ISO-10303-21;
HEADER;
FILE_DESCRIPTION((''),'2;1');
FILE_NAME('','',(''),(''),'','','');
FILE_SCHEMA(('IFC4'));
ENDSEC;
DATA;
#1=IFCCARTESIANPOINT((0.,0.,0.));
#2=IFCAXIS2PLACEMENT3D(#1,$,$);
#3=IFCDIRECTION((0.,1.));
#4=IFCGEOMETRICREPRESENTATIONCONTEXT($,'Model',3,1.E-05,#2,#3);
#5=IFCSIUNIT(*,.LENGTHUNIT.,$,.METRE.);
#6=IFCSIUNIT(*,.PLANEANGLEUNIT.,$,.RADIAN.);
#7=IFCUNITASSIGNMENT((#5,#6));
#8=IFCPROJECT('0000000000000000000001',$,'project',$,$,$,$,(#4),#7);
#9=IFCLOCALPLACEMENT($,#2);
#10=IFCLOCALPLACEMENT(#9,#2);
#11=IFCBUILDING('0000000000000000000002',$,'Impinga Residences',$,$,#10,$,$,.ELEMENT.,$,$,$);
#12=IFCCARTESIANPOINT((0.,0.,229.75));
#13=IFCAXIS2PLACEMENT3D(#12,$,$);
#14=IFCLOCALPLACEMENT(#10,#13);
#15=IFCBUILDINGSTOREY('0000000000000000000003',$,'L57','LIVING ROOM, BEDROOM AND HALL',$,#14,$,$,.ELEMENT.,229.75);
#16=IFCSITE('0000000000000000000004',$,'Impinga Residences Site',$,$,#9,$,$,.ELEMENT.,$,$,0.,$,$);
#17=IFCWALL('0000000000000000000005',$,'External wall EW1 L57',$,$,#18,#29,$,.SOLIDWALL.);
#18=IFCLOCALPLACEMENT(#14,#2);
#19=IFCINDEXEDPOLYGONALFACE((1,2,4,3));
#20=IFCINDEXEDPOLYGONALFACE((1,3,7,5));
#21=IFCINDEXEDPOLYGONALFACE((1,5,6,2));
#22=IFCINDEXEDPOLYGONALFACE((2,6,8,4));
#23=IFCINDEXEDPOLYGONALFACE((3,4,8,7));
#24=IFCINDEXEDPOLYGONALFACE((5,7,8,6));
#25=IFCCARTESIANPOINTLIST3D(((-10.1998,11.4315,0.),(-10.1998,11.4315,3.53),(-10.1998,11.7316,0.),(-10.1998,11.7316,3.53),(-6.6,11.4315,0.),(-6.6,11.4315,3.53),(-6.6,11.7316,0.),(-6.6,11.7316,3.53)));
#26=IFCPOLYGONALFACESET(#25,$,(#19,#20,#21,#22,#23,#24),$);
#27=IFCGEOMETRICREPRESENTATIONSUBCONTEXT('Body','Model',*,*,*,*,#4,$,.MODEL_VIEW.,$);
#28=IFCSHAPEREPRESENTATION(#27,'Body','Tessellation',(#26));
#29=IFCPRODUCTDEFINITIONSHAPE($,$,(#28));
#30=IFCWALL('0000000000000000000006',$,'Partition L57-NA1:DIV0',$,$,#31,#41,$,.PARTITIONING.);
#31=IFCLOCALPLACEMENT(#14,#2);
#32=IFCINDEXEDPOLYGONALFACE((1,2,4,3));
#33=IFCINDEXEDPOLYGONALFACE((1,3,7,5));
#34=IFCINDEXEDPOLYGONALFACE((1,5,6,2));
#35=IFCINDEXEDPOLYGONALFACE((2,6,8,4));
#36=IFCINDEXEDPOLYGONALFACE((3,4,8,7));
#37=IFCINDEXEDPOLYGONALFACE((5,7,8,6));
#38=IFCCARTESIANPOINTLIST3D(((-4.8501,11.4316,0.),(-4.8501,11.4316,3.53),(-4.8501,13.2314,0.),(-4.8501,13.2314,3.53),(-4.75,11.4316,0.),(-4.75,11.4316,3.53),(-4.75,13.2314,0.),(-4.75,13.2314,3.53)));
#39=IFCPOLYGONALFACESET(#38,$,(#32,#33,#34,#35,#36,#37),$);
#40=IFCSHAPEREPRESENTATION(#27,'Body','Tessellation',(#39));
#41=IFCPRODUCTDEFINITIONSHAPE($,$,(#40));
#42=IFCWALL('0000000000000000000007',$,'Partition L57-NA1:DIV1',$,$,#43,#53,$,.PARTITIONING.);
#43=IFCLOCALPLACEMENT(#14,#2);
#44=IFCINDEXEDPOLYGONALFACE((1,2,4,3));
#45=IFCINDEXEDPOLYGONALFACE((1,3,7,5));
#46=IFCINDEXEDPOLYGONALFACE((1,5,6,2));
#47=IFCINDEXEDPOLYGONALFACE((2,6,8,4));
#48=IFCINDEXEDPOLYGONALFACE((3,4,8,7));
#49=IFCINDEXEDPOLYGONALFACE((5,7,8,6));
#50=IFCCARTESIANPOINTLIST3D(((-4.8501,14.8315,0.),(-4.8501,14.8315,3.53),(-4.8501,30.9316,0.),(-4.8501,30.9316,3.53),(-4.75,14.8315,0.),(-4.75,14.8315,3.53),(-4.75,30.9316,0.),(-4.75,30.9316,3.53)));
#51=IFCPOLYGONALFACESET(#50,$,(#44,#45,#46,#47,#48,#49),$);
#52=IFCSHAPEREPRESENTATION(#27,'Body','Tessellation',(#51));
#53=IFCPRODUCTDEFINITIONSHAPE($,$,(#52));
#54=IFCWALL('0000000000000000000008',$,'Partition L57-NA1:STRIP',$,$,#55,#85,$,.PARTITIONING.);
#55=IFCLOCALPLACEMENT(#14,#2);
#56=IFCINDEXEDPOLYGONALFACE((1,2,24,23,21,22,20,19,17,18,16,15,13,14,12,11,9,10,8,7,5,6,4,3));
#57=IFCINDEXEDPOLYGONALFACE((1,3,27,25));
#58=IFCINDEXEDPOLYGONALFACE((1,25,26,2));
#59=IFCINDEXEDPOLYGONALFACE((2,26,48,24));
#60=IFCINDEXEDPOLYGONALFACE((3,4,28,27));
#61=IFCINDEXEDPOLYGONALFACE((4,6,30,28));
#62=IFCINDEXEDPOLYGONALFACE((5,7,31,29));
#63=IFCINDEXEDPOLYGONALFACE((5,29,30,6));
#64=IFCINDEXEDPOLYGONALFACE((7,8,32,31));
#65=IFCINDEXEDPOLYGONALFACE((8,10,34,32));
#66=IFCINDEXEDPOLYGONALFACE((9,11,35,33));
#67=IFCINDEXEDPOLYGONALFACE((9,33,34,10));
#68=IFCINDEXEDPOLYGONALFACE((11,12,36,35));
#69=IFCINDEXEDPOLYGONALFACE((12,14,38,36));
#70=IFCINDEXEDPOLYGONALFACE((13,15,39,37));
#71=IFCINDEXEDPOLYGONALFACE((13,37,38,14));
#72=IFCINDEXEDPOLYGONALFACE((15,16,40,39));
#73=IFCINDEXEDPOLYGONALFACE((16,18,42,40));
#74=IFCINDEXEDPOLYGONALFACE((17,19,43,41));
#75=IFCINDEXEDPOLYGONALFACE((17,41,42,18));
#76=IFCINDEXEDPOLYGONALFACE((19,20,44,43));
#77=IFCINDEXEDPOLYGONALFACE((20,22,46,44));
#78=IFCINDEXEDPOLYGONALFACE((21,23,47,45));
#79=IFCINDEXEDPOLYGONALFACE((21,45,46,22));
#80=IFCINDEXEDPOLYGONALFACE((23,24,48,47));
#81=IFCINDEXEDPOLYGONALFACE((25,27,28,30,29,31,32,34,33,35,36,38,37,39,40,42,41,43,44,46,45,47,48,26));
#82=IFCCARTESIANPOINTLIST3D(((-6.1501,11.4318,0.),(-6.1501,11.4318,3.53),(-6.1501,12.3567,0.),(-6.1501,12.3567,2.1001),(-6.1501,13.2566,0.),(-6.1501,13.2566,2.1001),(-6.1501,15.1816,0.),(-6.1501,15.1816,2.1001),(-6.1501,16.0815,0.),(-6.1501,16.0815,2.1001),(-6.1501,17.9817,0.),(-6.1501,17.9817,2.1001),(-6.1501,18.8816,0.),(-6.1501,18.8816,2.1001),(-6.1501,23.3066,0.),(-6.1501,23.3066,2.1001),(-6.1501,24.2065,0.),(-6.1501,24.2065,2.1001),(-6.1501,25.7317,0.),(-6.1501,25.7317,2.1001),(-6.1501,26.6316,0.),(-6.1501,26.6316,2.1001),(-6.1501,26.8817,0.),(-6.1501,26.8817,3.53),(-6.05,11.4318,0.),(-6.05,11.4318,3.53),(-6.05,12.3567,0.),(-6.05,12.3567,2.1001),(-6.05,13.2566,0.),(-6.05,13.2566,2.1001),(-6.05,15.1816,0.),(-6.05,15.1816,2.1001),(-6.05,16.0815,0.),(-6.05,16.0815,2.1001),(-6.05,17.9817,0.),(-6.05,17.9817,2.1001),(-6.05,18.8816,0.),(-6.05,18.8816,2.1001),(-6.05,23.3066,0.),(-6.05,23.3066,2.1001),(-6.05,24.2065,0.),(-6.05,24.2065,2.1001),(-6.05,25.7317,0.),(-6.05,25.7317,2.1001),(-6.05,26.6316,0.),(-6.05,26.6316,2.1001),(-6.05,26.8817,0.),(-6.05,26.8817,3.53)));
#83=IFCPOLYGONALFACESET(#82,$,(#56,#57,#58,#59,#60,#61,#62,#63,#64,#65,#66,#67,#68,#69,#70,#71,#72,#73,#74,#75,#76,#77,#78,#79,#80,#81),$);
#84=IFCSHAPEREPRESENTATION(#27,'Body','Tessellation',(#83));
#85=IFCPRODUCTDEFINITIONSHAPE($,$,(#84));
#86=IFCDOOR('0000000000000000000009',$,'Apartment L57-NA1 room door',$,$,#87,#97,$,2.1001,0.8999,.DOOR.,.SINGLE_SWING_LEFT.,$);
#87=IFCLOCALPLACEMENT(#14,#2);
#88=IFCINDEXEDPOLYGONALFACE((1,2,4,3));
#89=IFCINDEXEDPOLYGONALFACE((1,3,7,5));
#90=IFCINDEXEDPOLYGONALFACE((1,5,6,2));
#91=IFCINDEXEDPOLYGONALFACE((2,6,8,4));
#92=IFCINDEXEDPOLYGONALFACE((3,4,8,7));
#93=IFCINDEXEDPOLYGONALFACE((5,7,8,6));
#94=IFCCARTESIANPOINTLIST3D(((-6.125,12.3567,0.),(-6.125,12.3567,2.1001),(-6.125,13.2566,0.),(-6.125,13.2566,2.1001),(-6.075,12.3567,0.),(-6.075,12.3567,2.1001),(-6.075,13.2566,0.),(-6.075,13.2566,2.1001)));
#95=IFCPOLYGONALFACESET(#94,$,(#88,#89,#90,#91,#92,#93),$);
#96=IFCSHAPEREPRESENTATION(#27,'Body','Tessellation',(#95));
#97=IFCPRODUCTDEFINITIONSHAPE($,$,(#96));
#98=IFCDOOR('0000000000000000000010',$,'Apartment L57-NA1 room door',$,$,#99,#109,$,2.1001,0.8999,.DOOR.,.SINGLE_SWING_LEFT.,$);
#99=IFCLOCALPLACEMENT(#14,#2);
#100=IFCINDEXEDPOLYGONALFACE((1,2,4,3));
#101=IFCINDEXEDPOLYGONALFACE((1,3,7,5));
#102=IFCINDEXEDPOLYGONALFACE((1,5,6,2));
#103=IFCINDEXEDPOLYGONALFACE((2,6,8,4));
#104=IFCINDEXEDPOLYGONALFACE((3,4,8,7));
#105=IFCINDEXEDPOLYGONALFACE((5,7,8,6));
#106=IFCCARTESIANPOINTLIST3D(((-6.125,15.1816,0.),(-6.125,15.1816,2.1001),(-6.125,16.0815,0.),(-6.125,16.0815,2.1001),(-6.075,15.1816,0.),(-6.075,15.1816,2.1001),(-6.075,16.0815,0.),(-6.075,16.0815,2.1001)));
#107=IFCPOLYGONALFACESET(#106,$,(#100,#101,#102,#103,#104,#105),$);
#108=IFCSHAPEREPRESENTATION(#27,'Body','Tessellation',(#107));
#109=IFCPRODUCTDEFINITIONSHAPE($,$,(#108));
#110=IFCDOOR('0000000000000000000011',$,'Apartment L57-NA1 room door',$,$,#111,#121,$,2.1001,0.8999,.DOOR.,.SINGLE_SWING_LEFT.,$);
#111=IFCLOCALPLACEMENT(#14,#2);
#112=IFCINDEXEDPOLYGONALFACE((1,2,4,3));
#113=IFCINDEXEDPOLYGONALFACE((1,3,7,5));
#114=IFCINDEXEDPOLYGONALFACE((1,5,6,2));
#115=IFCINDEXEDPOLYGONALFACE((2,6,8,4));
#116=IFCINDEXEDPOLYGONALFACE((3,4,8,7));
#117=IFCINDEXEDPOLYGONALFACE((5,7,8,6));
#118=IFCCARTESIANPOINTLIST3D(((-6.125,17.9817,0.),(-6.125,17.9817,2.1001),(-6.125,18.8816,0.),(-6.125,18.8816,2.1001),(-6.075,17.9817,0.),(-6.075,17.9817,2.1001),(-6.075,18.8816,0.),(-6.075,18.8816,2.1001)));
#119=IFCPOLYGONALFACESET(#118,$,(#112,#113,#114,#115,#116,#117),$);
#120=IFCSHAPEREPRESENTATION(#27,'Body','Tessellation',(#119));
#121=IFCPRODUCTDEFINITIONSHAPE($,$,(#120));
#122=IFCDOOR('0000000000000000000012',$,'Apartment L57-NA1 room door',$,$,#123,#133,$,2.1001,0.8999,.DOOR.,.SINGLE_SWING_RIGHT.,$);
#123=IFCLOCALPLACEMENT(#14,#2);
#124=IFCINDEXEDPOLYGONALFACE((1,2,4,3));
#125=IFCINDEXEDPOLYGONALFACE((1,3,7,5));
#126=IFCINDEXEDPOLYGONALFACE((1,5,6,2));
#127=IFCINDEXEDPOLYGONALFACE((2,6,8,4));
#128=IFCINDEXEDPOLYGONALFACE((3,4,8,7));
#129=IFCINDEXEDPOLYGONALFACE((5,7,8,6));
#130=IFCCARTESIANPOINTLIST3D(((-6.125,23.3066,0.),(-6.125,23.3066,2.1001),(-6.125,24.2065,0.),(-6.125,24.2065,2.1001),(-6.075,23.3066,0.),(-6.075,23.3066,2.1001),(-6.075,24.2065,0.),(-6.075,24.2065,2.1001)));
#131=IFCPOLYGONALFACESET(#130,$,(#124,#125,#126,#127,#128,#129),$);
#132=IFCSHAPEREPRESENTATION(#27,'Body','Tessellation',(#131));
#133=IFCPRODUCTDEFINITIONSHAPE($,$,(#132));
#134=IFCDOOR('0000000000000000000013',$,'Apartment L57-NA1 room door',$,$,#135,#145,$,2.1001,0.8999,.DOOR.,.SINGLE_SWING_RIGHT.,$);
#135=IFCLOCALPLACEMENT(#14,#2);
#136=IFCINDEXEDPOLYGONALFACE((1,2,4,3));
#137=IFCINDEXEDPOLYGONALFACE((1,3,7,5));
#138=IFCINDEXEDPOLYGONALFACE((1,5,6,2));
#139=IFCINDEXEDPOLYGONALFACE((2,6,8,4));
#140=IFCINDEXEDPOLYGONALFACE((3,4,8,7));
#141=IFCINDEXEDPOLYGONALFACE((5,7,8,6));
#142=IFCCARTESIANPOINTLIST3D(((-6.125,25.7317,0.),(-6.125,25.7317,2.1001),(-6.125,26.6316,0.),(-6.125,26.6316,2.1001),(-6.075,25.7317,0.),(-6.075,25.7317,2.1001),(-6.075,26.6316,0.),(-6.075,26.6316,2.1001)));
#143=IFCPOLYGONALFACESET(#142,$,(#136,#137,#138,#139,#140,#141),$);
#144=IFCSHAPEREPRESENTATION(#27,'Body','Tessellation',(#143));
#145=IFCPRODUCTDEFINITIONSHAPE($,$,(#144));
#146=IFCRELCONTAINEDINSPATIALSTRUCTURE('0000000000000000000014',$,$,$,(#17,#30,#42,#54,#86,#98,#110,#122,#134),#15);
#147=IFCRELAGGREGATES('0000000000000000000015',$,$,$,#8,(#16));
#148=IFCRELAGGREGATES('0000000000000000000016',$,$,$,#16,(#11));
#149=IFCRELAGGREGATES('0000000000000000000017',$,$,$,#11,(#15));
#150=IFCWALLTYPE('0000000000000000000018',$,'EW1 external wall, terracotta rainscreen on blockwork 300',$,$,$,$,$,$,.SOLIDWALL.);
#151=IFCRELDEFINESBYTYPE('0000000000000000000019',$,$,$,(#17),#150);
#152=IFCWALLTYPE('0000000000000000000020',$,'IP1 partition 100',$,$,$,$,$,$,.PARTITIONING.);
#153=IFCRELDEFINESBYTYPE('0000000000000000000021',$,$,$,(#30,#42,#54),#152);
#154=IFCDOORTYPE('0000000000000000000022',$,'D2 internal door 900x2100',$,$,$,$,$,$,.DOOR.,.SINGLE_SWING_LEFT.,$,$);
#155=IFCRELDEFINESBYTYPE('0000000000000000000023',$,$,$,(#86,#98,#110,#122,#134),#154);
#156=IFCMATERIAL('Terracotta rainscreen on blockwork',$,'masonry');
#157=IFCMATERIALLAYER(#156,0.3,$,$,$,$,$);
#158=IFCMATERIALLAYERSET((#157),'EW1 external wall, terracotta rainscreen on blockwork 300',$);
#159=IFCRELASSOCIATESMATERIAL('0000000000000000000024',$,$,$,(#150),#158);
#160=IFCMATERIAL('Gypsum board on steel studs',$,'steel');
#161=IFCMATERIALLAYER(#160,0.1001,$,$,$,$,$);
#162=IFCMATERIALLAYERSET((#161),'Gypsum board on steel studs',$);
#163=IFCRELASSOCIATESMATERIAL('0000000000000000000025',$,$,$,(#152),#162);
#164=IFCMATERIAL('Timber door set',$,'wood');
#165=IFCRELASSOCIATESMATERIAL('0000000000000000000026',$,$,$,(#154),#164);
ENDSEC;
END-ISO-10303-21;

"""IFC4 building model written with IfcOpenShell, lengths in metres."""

from ifc_helpers import new_model, si_unit, direction, frame, frame_2d, origin, place, context, subcontext, project, spatial, rectangle, extrude, material, layer, layer_set, type_object, element, fill, save


model = new_model("IFC4")

# Units and contexts
model_context = context("Model", 3, precision=1e-05, world=origin(), true_north=direction((0.0, 1.0)))
body_context = subcontext(model_context, "Body", "Model", "MODEL_VIEW")
ifc_project = project(units=[si_unit("LENGTHUNIT", "METRE"), si_unit("PLANEANGLEUNIT", "RADIAN")], contexts=[model_context])

# Site, building, storey
site_placement = place(None, origin())
site = spatial("IfcSite", under=ifc_project, at=site_placement, Name="Impinga Residences Site", CompositionType="ELEMENT", RefElevation=0.0)
building_placement = place(site_placement, origin())
building = spatial("IfcBuilding", under=site, at=building_placement, Name="Impinga Residences", CompositionType="ELEMENT")
storey_placement = place(building_placement, frame((0.0, 0.0, 229.75)))
storey = spatial("IfcBuildingStorey", under=building, at=storey_placement, Name="L57", Description="LIVING ROOM, BEDROOM AND HALL", CompositionType="ELEMENT", Elevation=229.75)

# Walls
ifc_material_1 = material(Name="Terracotta rainscreen on blockwork", Category="masonry")
ifc_layer_1 = layer(ifc_material_1, 0.3)
ifc_layer_set_1 = layer_set([ifc_layer_1], Name="EW1 external wall, terracotta rainscreen on blockwork 300")
wall_type_1 = type_object("IfcWallType", Name="EW1 external wall, terracotta rainscreen on blockwork 300", PredefinedType="SOLIDWALL", material=ifc_layer_set_1)
wall_1_placement = place(storey_placement, frame((-6.6001, 11.5815, 0.0), z_axis=(0.0, 0.0, 1.0), x_axis=(-1.0, 0.0, 0.0)))
element("IfcWall", 1, at=wall_1_placement, inside=storey, type_object=wall_type_1, Name="External wall EW1 L57", PredefinedType="SOLIDWALL", context=body_context, shape_type="SweptSolid", body=[
    extrude(rectangle(XDim=3.5999, YDim=0.3, at=frame_2d((1.7998, 0.0))), origin(), (0.0, 0.0, 1.0), 3.53),
])
ifc_material_2 = material(Name="Gypsum board on steel studs", Category="steel")
ifc_layer_2 = layer(ifc_material_2, 0.1001)
ifc_layer_set_2 = layer_set([ifc_layer_2], Name="Gypsum board on steel studs")
wall_type_2 = type_object("IfcWallType", Name="IP1 partition 100", PredefinedType="PARTITIONING", material=ifc_layer_set_2)
wall_2_placement = place(storey_placement, frame((-4.8, 11.4316, 0.0), z_axis=(0.0, 0.0, 1.0), x_axis=(0.0, 1.0, 0.0)))
element("IfcWall", 2, at=wall_2_placement, inside=storey, type_object=wall_type_2, Name="Partition L57-NA1:DIV0", PredefinedType="PARTITIONING", context=body_context, shape_type="SweptSolid", body=[
    extrude(rectangle(XDim=1.7998, YDim=0.1001, at=frame_2d((0.8999, 0.0))), origin(), (0.0, 0.0, 1.0), 3.53),
])
wall_3_placement = place(storey_placement, frame((-4.8, 14.8315, 0.0), z_axis=(0.0, 0.0, 1.0), x_axis=(0.0, 1.0, 0.0)))
element("IfcWall", 3, at=wall_3_placement, inside=storey, type_object=wall_type_2, Name="Partition L57-NA1:DIV1", PredefinedType="PARTITIONING", context=body_context, shape_type="SweptSolid", body=[
    extrude(rectangle(XDim=16.1001, YDim=0.1001, at=frame_2d((8.05, 0.0))), origin(), (0.0, 0.0, 1.0), 3.53),
])

# Wall, openings, doors
wall_4_placement = place(storey_placement, frame((-6.1001, 11.4316, 0.0), z_axis=(0.0, 0.0, 1.0), x_axis=(0.0, 1.0, 0.0)))
wall_4 = element("IfcWall", 4, at=wall_4_placement, inside=storey, type_object=wall_type_2, Name="Partition L57-NA1:STRIP", PredefinedType="PARTITIONING", context=body_context, shape_type="SweptSolid", body=[
    extrude(rectangle(XDim=15.45, YDim=0.1001, at=frame_2d((7.7251, 0.0))), origin(), (0.0, 0.0, 1.0), 3.53),
])
opening_1_placement = place(wall_4_placement, frame((0.925, 0.0, 0.0)))
opening_1 = element("IfcOpeningElement", 5, at=opening_1_placement, cuts=wall_4, PredefinedType="OPENING", context=body_context, shape_type="SweptSolid", body=[
    extrude(rectangle(XDim=0.8999, YDim=2.1001, at=frame_2d((0.45, 1.05))), frame((0.0, 0.0601, 0.0), z_axis=(0.0, -1.0, 0.0), x_axis=(1.0, 0.0, 0.0)), (0.0, 0.0, 1.0), 0.1201),
])
opening_2_placement = place(wall_4_placement, frame((3.75, 0.0, 0.0)))
opening_2 = element("IfcOpeningElement", 6, at=opening_2_placement, cuts=wall_4, PredefinedType="OPENING", context=body_context, shape_type="SweptSolid", body=[
    extrude(rectangle(XDim=0.8999, YDim=2.1001, at=frame_2d((0.45, 1.05))), frame((0.0, 0.0601, 0.0), z_axis=(0.0, -1.0, 0.0), x_axis=(1.0, 0.0, 0.0)), (0.0, 0.0, 1.0), 0.1201),
])
opening_3_placement = place(wall_4_placement, frame((6.55, 0.0, 0.0)))
opening_3 = element("IfcOpeningElement", 7, at=opening_3_placement, cuts=wall_4, PredefinedType="OPENING", context=body_context, shape_type="SweptSolid", body=[
    extrude(rectangle(XDim=0.8999, YDim=2.1001, at=frame_2d((0.45, 1.05))), frame((0.0, 0.0601, 0.0), z_axis=(0.0, -1.0, 0.0), x_axis=(1.0, 0.0, 0.0)), (0.0, 0.0, 1.0), 0.1201),
])
opening_4_placement = place(wall_4_placement, frame((11.875, 0.0, 0.0)))
opening_4 = element("IfcOpeningElement", 8, at=opening_4_placement, cuts=wall_4, PredefinedType="OPENING", context=body_context, shape_type="SweptSolid", body=[
    extrude(rectangle(XDim=0.8999, YDim=2.1001, at=frame_2d((0.45, 1.05))), frame((0.0, 0.0601, 0.0), z_axis=(0.0, -1.0, 0.0), x_axis=(1.0, 0.0, 0.0)), (0.0, 0.0, 1.0), 0.1201),
])
opening_5_placement = place(wall_4_placement, frame((14.3, 0.0, 0.0)))
opening_5 = element("IfcOpeningElement", 9, at=opening_5_placement, cuts=wall_4, PredefinedType="OPENING", context=body_context, shape_type="SweptSolid", body=[
    extrude(rectangle(XDim=0.8999, YDim=2.1001, at=frame_2d((0.45, 1.05))), frame((0.0, 0.0601, 0.0), z_axis=(0.0, -1.0, 0.0), x_axis=(1.0, 0.0, 0.0)), (0.0, 0.0, 1.0), 0.1201),
])
ifc_material_3 = material(Name="Timber door set", Category="wood")
door_type = type_object("IfcDoorType", Name="D2 internal door 900x2100", OperationType="SINGLE_SWING_LEFT", PredefinedType="DOOR", material=ifc_material_3)
door_1_placement = place(opening_1_placement, origin())
door_1 = element("IfcDoor", 10, at=door_1_placement, inside=storey, type_object=door_type, Name="Apartment L57-NA1 room door", OperationType="SINGLE_SWING_LEFT", OverallHeight=2.1001, OverallWidth=0.8999, PredefinedType="DOOR", context=body_context, shape_type="SweptSolid", body=[
    extrude(rectangle(XDim=0.8999, YDim=2.1001, at=frame_2d((0.45, 1.05))), frame((0.0, 0.0249, 0.0), z_axis=(0.0, -1.0, 0.0), x_axis=(1.0, 0.0, 0.0)), (0.0, 0.0, 1.0), 0.05),
])
fill(opening_1, door_1)
door_2_placement = place(opening_2_placement, origin())
door_2 = element("IfcDoor", 11, at=door_2_placement, inside=storey, type_object=door_type, Name="Apartment L57-NA1 room door", OperationType="SINGLE_SWING_LEFT", OverallHeight=2.1001, OverallWidth=0.8999, PredefinedType="DOOR", context=body_context, shape_type="SweptSolid", body=[
    extrude(rectangle(XDim=0.8999, YDim=2.1001, at=frame_2d((0.45, 1.05))), frame((0.0, 0.0249, 0.0), z_axis=(0.0, -1.0, 0.0), x_axis=(1.0, 0.0, 0.0)), (0.0, 0.0, 1.0), 0.05),
])
fill(opening_2, door_2)
door_3_placement = place(opening_3_placement, origin())
door_3 = element("IfcDoor", 12, at=door_3_placement, inside=storey, type_object=door_type, Name="Apartment L57-NA1 room door", OperationType="SINGLE_SWING_LEFT", OverallHeight=2.1001, OverallWidth=0.8999, PredefinedType="DOOR", context=body_context, shape_type="SweptSolid", body=[
    extrude(rectangle(XDim=0.8999, YDim=2.1001, at=frame_2d((0.45, 1.05))), frame((0.0, 0.0249, 0.0), z_axis=(0.0, -1.0, 0.0), x_axis=(1.0, 0.0, 0.0)), (0.0, 0.0, 1.0), 0.05),
])
fill(opening_3, door_3)
door_4_placement = place(opening_4_placement, origin())
door_4 = element("IfcDoor", 13, at=door_4_placement, inside=storey, type_object=door_type, Name="Apartment L57-NA1 room door", OperationType="SINGLE_SWING_RIGHT", OverallHeight=2.1001, OverallWidth=0.8999, PredefinedType="DOOR", context=body_context, shape_type="SweptSolid", body=[
    extrude(rectangle(XDim=0.8999, YDim=2.1001, at=frame_2d((0.45, 1.05))), frame((0.0, 0.0249, 0.0), z_axis=(0.0, -1.0, 0.0), x_axis=(1.0, 0.0, 0.0)), (0.0, 0.0, 1.0), 0.05),
])
fill(opening_4, door_4)
door_5_placement = place(opening_5_placement, origin())
door_5 = element("IfcDoor", 14, at=door_5_placement, inside=storey, type_object=door_type, Name="Apartment L57-NA1 room door", OperationType="SINGLE_SWING_RIGHT", OverallHeight=2.1001, OverallWidth=0.8999, PredefinedType="DOOR", context=body_context, shape_type="SweptSolid", body=[
    extrude(rectangle(XDim=0.8999, YDim=2.1001, at=frame_2d((0.45, 1.05))), frame((0.0, 0.0249, 0.0), z_axis=(0.0, -1.0, 0.0), x_axis=(1.0, 0.0, 0.0)), (0.0, 0.0, 1.0), 0.05),
])
fill(opening_5, door_5)

save(model, "model.ifc")
